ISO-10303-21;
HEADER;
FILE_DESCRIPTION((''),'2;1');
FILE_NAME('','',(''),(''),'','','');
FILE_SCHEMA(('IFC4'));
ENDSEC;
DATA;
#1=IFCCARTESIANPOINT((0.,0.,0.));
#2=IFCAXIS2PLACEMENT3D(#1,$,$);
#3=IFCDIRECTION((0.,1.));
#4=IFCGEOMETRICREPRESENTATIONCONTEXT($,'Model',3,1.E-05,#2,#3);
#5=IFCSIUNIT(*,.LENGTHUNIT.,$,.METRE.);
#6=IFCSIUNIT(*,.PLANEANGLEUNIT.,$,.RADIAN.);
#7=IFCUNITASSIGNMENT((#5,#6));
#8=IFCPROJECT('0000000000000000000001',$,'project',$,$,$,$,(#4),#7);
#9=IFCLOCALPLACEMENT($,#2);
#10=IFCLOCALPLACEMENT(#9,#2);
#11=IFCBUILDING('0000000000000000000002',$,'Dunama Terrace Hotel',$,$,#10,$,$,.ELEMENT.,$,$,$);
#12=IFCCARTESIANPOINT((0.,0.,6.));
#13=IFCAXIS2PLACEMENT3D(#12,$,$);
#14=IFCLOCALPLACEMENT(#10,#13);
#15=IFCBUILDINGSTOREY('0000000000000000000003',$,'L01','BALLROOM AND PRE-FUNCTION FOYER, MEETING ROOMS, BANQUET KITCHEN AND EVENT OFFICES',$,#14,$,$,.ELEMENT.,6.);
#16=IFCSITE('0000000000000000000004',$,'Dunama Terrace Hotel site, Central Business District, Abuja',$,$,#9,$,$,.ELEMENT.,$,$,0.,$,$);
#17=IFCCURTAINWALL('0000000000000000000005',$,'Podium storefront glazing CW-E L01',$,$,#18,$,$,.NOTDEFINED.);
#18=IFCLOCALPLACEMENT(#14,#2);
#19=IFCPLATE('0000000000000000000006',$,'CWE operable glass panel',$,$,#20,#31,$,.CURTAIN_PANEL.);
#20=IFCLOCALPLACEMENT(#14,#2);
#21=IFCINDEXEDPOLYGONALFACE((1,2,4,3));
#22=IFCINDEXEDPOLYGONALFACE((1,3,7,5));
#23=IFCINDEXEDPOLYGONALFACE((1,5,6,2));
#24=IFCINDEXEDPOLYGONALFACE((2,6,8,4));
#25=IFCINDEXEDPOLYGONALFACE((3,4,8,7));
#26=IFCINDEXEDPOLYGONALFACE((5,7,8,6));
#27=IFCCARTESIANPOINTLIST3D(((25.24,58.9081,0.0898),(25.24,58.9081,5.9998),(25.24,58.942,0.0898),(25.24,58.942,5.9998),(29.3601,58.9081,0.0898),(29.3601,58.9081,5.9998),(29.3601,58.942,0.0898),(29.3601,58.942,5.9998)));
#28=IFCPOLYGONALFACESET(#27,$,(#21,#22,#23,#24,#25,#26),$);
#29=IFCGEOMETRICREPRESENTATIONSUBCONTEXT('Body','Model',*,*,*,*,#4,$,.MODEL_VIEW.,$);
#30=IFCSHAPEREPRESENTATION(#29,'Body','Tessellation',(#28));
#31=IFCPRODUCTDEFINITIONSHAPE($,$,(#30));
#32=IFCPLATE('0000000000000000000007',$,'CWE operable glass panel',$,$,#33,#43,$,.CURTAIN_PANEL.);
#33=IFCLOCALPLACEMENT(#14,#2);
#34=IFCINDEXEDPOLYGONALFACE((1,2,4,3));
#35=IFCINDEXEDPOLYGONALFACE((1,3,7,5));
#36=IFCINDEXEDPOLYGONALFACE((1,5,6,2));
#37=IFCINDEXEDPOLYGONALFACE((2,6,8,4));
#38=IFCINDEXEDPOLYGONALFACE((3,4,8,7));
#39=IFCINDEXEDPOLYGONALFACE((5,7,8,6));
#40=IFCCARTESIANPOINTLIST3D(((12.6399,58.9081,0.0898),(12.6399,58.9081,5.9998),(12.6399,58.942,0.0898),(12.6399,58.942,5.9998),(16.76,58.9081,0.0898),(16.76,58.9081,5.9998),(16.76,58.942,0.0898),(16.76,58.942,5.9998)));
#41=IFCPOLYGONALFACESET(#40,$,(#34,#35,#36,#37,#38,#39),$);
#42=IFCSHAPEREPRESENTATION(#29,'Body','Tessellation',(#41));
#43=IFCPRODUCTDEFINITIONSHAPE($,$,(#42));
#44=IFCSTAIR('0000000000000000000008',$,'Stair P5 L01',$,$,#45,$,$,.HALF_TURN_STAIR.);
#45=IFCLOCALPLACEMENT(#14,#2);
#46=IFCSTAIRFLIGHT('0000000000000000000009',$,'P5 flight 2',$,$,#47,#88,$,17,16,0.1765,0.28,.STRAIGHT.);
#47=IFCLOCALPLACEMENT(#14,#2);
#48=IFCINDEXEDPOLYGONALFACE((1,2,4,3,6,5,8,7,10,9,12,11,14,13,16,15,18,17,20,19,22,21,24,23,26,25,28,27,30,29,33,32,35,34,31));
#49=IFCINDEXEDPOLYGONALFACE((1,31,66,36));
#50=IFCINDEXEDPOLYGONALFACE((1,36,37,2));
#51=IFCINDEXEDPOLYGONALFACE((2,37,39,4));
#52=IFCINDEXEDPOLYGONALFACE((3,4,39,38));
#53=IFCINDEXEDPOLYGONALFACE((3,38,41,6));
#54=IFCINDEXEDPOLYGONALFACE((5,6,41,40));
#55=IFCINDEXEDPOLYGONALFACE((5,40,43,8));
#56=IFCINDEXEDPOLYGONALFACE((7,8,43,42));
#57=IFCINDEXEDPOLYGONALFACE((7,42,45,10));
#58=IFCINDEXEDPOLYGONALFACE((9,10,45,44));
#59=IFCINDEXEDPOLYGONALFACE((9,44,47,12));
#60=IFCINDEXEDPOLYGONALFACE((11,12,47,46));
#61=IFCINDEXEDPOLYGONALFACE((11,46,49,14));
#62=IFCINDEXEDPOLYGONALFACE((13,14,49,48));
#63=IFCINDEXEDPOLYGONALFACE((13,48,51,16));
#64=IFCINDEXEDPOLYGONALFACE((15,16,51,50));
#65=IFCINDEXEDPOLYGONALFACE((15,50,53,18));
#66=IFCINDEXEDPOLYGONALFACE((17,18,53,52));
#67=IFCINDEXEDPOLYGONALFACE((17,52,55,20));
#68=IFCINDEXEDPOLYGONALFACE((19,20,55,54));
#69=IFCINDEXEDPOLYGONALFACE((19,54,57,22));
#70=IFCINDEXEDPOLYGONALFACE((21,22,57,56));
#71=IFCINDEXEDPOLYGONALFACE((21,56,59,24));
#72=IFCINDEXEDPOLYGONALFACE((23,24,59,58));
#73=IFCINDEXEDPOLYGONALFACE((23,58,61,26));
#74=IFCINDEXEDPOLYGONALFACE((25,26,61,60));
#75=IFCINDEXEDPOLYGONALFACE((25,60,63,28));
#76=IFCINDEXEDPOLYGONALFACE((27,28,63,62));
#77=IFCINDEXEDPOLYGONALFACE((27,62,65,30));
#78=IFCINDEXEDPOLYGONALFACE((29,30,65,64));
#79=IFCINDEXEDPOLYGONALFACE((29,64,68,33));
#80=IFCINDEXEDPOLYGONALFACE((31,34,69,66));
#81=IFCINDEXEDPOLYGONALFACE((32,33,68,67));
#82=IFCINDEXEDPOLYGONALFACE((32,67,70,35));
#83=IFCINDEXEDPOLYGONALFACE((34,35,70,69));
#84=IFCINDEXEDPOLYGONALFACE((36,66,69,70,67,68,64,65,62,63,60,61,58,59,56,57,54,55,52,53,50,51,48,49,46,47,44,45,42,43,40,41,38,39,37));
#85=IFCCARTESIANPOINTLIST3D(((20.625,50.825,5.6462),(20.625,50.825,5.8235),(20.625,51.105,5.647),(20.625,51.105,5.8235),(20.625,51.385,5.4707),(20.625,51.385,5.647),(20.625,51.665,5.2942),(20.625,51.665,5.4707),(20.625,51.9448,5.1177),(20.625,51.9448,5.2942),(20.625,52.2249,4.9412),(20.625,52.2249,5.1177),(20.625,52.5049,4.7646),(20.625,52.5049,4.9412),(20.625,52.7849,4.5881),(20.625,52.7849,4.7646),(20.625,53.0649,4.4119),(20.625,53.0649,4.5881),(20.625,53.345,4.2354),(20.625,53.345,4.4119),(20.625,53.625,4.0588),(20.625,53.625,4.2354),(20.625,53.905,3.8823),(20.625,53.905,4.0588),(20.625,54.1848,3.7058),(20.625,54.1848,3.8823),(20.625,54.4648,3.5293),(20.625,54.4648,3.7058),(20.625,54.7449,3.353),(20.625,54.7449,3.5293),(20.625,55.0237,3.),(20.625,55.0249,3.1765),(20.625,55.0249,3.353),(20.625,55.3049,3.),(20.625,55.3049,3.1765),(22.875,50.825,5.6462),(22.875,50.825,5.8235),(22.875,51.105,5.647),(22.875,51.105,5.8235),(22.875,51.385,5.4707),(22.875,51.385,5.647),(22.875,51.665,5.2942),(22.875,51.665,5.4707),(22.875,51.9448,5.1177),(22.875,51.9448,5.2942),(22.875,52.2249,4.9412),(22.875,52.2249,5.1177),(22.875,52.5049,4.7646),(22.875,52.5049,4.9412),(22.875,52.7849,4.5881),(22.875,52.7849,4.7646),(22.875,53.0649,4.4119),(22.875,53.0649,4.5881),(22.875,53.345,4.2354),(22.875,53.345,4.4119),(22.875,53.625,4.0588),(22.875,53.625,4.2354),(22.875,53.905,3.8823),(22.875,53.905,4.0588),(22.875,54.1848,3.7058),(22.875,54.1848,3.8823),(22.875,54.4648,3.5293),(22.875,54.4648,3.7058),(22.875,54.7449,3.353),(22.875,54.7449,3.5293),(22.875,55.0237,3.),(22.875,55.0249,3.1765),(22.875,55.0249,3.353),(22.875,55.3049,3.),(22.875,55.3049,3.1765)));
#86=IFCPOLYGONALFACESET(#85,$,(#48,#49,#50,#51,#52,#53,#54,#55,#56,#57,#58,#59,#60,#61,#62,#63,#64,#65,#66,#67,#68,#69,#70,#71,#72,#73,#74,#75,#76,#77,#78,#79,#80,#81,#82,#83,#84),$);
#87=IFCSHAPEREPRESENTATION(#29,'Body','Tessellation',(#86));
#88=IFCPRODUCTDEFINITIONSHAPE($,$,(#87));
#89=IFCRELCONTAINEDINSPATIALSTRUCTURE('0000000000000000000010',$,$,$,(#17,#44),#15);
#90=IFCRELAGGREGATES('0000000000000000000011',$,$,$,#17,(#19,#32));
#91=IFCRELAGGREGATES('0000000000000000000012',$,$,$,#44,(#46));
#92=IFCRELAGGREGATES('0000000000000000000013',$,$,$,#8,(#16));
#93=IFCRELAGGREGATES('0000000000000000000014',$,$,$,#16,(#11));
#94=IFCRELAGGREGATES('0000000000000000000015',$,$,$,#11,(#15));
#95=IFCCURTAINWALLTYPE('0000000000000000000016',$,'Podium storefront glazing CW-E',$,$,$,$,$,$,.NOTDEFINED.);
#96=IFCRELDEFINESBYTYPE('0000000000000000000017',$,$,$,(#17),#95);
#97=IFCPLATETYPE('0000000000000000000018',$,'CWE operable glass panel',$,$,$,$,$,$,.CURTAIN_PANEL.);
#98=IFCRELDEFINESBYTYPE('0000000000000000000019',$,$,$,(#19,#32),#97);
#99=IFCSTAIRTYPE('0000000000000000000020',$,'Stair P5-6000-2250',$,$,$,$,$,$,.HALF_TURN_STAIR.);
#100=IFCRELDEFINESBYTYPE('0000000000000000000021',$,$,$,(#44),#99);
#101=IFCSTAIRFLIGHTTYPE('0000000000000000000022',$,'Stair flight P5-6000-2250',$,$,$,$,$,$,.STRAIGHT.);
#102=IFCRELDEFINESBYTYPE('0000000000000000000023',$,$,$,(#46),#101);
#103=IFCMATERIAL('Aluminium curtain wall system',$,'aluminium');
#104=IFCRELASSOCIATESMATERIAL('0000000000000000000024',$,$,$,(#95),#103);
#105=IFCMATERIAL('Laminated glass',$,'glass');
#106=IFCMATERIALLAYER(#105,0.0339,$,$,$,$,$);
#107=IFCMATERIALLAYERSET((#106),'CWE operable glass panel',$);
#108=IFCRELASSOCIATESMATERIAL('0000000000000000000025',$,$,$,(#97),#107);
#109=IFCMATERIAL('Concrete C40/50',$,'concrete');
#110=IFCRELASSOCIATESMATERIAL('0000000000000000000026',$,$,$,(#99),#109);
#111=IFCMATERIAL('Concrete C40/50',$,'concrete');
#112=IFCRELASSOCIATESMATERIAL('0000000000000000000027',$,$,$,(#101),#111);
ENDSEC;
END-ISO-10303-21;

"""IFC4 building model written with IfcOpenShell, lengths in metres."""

from ifc_helpers import new_model, si_unit, direction, frame, origin, origin_2d, place, context, subcontext, project, spatial, polyline, rectangle, outline, extrude, material, layer, layer_set, type_object, element, aggregate, save


model = new_model("IFC4")

# Units and contexts
model_context = context("Model", 3, precision=1e-05, world=origin(), true_north=direction((0.0, 1.0)))
body_context = subcontext(model_context, "Body", "Model", "MODEL_VIEW")
ifc_project = project(units=[si_unit("LENGTHUNIT", "METRE"), si_unit("PLANEANGLEUNIT", "RADIAN")], contexts=[model_context])

# Site, building, storey
site_placement = place(None, origin())
site = spatial("IfcSite", under=ifc_project, at=site_placement, Name="Dunama Terrace Hotel site, Central Business District, Abuja", CompositionType="ELEMENT", RefElevation=0.0)
building_placement = place(site_placement, origin())
building = spatial("IfcBuilding", under=site, at=building_placement, Name="Dunama Terrace Hotel", CompositionType="ELEMENT")
storey_placement = place(building_placement, frame((0.0, 0.0, 6.0)))
storey = spatial("IfcBuildingStorey", under=building, at=storey_placement, Name="L01", Description="BALLROOM AND PRE-FUNCTION FOYER, MEETING ROOMS, BANQUET KITCHEN AND EVENT OFFICES", CompositionType="ELEMENT", Elevation=6.0)

# Curtain wall
ifc_material_1 = material(Name="Aluminium curtain wall system", Category="aluminium")
curtain_wall_type = type_object("IfcCurtainWallType", Name="Podium storefront glazing CW-E", PredefinedType="NOTDEFINED", material=ifc_material_1)
curtain_wall_placement = place(storey_placement, origin())
curtain_wall = element("IfcCurtainWall", 1, at=curtain_wall_placement, inside=storey, type_object=curtain_wall_type, Name="Podium storefront glazing CW-E L01", PredefinedType="NOTDEFINED")

# Plates
ifc_material_2 = material(Name="Laminated glass", Category="glass")
ifc_layer_1 = layer(ifc_material_2, 0.0339)
ifc_layer_set_1 = layer_set([ifc_layer_1], Name="CWE operable glass panel")
plate_type_1 = type_object("IfcPlateType", Name="CWE operable glass panel", PredefinedType="CURTAIN_PANEL", material=ifc_layer_set_1)
plate_1_placement = place(storey_placement, frame((27.3, 58.925, 0.0898), z_axis=(0.0, 0.0, 1.0), x_axis=(-1.0, 0.0, 0.0)))
plate_1 = element("IfcPlate", 2, at=plate_1_placement, type_object=plate_type_1, Name="CWE operable glass panel", PredefinedType="CURTAIN_PANEL", context=body_context, shape_type="SweptSolid", body=[
    extrude(rectangle(XDim=4.1201, YDim=0.0339, at=origin_2d()), origin(), (0.0, 0.0, 1.0), 5.9099),
])
plate_2_placement = place(storey_placement, frame((14.7, 58.925, 0.0898), z_axis=(0.0, 0.0, 1.0), x_axis=(-1.0, 0.0, 0.0)))
plate_2 = element("IfcPlate", 3, at=plate_2_placement, type_object=plate_type_1, Name="CWE operable glass panel", PredefinedType="CURTAIN_PANEL", context=body_context, shape_type="SweptSolid", body=[
    extrude(rectangle(XDim=4.1201, YDim=0.0339, at=origin_2d()), origin(), (0.0, 0.0, 1.0), 5.9099),
])
aggregate(curtain_wall, [plate_1, plate_2])

# Stair, stair flight
ifc_material_3 = material(Name="Concrete C40/50", Category="concrete")
stair_type = type_object("IfcStairType", Name="Stair P5-6000-2250", PredefinedType="HALF_TURN_STAIR", material=ifc_material_3)
stair_placement = place(storey_placement, origin())
stair = element("IfcStair", 4, at=stair_placement, inside=storey, type_object=stair_type, Name="Stair P5 L01", PredefinedType="HALF_TURN_STAIR")
ifc_material_4 = material(Name="Concrete C40/50", Category="concrete")
stair_flight_type = type_object("IfcStairFlightType", Name="Stair flight P5-6000-2250", PredefinedType="STRAIGHT", material=ifc_material_4)
stair_flight_placement = place(storey_placement, frame((21.75, 55.3049, 3.0), z_axis=(0.0, 0.0, 1.0), x_axis=(0.0, -1.0, 0.0)))
stair_flight = element("IfcStairFlight", 5, at=stair_flight_placement, type_object=stair_flight_type, Name="P5 flight 2", NumberOfRisers=17, NumberOfTreads=16, PredefinedType="STRAIGHT", RiserHeight=0.1765, TreadLength=0.28, context=body_context, shape_type="SweptSolid", body=[
    extrude(outline(polyline([(0.0, 0.0), (0.0, 0.1765), (0.28, 0.1765), (0.28, 0.353), (0.5601, 0.353), (0.5601, 0.5293), (0.8401, 0.5293), (0.8401, 0.7058), (1.1201, 0.7058), (1.1201, 0.8823), (1.3999, 0.8823), (1.3999, 1.0588), (1.6799, 1.0588), (1.6799, 1.2354), (1.96, 1.2354), (1.96, 1.4119), (2.24, 1.4119), (2.24, 1.5881), (2.52, 1.5881), (2.52, 1.7646), (2.8, 1.7646), (2.8, 1.9412), (3.0801, 1.9412), (3.0801, 2.1177), (3.3601, 2.1177), (3.3601, 2.2942), (3.6399, 2.2942), (3.6399, 2.4707), (3.9199, 2.4707), (3.9199, 2.647), (4.2, 2.647), (4.2, 2.8235), (4.48, 2.8235), (4.48, 3.0), (4.48, 2.6462), (0.2812, 0.0), (0.0, 0.0)])), frame((0.0, 1.125, 0.0), z_axis=(0.0, -1.0, 0.0), x_axis=(1.0, 0.0, 0.0)), (0.0, 0.0, 1.0), 2.25),
])
aggregate(stair, [stair_flight])

save(model, "model.ifc")
